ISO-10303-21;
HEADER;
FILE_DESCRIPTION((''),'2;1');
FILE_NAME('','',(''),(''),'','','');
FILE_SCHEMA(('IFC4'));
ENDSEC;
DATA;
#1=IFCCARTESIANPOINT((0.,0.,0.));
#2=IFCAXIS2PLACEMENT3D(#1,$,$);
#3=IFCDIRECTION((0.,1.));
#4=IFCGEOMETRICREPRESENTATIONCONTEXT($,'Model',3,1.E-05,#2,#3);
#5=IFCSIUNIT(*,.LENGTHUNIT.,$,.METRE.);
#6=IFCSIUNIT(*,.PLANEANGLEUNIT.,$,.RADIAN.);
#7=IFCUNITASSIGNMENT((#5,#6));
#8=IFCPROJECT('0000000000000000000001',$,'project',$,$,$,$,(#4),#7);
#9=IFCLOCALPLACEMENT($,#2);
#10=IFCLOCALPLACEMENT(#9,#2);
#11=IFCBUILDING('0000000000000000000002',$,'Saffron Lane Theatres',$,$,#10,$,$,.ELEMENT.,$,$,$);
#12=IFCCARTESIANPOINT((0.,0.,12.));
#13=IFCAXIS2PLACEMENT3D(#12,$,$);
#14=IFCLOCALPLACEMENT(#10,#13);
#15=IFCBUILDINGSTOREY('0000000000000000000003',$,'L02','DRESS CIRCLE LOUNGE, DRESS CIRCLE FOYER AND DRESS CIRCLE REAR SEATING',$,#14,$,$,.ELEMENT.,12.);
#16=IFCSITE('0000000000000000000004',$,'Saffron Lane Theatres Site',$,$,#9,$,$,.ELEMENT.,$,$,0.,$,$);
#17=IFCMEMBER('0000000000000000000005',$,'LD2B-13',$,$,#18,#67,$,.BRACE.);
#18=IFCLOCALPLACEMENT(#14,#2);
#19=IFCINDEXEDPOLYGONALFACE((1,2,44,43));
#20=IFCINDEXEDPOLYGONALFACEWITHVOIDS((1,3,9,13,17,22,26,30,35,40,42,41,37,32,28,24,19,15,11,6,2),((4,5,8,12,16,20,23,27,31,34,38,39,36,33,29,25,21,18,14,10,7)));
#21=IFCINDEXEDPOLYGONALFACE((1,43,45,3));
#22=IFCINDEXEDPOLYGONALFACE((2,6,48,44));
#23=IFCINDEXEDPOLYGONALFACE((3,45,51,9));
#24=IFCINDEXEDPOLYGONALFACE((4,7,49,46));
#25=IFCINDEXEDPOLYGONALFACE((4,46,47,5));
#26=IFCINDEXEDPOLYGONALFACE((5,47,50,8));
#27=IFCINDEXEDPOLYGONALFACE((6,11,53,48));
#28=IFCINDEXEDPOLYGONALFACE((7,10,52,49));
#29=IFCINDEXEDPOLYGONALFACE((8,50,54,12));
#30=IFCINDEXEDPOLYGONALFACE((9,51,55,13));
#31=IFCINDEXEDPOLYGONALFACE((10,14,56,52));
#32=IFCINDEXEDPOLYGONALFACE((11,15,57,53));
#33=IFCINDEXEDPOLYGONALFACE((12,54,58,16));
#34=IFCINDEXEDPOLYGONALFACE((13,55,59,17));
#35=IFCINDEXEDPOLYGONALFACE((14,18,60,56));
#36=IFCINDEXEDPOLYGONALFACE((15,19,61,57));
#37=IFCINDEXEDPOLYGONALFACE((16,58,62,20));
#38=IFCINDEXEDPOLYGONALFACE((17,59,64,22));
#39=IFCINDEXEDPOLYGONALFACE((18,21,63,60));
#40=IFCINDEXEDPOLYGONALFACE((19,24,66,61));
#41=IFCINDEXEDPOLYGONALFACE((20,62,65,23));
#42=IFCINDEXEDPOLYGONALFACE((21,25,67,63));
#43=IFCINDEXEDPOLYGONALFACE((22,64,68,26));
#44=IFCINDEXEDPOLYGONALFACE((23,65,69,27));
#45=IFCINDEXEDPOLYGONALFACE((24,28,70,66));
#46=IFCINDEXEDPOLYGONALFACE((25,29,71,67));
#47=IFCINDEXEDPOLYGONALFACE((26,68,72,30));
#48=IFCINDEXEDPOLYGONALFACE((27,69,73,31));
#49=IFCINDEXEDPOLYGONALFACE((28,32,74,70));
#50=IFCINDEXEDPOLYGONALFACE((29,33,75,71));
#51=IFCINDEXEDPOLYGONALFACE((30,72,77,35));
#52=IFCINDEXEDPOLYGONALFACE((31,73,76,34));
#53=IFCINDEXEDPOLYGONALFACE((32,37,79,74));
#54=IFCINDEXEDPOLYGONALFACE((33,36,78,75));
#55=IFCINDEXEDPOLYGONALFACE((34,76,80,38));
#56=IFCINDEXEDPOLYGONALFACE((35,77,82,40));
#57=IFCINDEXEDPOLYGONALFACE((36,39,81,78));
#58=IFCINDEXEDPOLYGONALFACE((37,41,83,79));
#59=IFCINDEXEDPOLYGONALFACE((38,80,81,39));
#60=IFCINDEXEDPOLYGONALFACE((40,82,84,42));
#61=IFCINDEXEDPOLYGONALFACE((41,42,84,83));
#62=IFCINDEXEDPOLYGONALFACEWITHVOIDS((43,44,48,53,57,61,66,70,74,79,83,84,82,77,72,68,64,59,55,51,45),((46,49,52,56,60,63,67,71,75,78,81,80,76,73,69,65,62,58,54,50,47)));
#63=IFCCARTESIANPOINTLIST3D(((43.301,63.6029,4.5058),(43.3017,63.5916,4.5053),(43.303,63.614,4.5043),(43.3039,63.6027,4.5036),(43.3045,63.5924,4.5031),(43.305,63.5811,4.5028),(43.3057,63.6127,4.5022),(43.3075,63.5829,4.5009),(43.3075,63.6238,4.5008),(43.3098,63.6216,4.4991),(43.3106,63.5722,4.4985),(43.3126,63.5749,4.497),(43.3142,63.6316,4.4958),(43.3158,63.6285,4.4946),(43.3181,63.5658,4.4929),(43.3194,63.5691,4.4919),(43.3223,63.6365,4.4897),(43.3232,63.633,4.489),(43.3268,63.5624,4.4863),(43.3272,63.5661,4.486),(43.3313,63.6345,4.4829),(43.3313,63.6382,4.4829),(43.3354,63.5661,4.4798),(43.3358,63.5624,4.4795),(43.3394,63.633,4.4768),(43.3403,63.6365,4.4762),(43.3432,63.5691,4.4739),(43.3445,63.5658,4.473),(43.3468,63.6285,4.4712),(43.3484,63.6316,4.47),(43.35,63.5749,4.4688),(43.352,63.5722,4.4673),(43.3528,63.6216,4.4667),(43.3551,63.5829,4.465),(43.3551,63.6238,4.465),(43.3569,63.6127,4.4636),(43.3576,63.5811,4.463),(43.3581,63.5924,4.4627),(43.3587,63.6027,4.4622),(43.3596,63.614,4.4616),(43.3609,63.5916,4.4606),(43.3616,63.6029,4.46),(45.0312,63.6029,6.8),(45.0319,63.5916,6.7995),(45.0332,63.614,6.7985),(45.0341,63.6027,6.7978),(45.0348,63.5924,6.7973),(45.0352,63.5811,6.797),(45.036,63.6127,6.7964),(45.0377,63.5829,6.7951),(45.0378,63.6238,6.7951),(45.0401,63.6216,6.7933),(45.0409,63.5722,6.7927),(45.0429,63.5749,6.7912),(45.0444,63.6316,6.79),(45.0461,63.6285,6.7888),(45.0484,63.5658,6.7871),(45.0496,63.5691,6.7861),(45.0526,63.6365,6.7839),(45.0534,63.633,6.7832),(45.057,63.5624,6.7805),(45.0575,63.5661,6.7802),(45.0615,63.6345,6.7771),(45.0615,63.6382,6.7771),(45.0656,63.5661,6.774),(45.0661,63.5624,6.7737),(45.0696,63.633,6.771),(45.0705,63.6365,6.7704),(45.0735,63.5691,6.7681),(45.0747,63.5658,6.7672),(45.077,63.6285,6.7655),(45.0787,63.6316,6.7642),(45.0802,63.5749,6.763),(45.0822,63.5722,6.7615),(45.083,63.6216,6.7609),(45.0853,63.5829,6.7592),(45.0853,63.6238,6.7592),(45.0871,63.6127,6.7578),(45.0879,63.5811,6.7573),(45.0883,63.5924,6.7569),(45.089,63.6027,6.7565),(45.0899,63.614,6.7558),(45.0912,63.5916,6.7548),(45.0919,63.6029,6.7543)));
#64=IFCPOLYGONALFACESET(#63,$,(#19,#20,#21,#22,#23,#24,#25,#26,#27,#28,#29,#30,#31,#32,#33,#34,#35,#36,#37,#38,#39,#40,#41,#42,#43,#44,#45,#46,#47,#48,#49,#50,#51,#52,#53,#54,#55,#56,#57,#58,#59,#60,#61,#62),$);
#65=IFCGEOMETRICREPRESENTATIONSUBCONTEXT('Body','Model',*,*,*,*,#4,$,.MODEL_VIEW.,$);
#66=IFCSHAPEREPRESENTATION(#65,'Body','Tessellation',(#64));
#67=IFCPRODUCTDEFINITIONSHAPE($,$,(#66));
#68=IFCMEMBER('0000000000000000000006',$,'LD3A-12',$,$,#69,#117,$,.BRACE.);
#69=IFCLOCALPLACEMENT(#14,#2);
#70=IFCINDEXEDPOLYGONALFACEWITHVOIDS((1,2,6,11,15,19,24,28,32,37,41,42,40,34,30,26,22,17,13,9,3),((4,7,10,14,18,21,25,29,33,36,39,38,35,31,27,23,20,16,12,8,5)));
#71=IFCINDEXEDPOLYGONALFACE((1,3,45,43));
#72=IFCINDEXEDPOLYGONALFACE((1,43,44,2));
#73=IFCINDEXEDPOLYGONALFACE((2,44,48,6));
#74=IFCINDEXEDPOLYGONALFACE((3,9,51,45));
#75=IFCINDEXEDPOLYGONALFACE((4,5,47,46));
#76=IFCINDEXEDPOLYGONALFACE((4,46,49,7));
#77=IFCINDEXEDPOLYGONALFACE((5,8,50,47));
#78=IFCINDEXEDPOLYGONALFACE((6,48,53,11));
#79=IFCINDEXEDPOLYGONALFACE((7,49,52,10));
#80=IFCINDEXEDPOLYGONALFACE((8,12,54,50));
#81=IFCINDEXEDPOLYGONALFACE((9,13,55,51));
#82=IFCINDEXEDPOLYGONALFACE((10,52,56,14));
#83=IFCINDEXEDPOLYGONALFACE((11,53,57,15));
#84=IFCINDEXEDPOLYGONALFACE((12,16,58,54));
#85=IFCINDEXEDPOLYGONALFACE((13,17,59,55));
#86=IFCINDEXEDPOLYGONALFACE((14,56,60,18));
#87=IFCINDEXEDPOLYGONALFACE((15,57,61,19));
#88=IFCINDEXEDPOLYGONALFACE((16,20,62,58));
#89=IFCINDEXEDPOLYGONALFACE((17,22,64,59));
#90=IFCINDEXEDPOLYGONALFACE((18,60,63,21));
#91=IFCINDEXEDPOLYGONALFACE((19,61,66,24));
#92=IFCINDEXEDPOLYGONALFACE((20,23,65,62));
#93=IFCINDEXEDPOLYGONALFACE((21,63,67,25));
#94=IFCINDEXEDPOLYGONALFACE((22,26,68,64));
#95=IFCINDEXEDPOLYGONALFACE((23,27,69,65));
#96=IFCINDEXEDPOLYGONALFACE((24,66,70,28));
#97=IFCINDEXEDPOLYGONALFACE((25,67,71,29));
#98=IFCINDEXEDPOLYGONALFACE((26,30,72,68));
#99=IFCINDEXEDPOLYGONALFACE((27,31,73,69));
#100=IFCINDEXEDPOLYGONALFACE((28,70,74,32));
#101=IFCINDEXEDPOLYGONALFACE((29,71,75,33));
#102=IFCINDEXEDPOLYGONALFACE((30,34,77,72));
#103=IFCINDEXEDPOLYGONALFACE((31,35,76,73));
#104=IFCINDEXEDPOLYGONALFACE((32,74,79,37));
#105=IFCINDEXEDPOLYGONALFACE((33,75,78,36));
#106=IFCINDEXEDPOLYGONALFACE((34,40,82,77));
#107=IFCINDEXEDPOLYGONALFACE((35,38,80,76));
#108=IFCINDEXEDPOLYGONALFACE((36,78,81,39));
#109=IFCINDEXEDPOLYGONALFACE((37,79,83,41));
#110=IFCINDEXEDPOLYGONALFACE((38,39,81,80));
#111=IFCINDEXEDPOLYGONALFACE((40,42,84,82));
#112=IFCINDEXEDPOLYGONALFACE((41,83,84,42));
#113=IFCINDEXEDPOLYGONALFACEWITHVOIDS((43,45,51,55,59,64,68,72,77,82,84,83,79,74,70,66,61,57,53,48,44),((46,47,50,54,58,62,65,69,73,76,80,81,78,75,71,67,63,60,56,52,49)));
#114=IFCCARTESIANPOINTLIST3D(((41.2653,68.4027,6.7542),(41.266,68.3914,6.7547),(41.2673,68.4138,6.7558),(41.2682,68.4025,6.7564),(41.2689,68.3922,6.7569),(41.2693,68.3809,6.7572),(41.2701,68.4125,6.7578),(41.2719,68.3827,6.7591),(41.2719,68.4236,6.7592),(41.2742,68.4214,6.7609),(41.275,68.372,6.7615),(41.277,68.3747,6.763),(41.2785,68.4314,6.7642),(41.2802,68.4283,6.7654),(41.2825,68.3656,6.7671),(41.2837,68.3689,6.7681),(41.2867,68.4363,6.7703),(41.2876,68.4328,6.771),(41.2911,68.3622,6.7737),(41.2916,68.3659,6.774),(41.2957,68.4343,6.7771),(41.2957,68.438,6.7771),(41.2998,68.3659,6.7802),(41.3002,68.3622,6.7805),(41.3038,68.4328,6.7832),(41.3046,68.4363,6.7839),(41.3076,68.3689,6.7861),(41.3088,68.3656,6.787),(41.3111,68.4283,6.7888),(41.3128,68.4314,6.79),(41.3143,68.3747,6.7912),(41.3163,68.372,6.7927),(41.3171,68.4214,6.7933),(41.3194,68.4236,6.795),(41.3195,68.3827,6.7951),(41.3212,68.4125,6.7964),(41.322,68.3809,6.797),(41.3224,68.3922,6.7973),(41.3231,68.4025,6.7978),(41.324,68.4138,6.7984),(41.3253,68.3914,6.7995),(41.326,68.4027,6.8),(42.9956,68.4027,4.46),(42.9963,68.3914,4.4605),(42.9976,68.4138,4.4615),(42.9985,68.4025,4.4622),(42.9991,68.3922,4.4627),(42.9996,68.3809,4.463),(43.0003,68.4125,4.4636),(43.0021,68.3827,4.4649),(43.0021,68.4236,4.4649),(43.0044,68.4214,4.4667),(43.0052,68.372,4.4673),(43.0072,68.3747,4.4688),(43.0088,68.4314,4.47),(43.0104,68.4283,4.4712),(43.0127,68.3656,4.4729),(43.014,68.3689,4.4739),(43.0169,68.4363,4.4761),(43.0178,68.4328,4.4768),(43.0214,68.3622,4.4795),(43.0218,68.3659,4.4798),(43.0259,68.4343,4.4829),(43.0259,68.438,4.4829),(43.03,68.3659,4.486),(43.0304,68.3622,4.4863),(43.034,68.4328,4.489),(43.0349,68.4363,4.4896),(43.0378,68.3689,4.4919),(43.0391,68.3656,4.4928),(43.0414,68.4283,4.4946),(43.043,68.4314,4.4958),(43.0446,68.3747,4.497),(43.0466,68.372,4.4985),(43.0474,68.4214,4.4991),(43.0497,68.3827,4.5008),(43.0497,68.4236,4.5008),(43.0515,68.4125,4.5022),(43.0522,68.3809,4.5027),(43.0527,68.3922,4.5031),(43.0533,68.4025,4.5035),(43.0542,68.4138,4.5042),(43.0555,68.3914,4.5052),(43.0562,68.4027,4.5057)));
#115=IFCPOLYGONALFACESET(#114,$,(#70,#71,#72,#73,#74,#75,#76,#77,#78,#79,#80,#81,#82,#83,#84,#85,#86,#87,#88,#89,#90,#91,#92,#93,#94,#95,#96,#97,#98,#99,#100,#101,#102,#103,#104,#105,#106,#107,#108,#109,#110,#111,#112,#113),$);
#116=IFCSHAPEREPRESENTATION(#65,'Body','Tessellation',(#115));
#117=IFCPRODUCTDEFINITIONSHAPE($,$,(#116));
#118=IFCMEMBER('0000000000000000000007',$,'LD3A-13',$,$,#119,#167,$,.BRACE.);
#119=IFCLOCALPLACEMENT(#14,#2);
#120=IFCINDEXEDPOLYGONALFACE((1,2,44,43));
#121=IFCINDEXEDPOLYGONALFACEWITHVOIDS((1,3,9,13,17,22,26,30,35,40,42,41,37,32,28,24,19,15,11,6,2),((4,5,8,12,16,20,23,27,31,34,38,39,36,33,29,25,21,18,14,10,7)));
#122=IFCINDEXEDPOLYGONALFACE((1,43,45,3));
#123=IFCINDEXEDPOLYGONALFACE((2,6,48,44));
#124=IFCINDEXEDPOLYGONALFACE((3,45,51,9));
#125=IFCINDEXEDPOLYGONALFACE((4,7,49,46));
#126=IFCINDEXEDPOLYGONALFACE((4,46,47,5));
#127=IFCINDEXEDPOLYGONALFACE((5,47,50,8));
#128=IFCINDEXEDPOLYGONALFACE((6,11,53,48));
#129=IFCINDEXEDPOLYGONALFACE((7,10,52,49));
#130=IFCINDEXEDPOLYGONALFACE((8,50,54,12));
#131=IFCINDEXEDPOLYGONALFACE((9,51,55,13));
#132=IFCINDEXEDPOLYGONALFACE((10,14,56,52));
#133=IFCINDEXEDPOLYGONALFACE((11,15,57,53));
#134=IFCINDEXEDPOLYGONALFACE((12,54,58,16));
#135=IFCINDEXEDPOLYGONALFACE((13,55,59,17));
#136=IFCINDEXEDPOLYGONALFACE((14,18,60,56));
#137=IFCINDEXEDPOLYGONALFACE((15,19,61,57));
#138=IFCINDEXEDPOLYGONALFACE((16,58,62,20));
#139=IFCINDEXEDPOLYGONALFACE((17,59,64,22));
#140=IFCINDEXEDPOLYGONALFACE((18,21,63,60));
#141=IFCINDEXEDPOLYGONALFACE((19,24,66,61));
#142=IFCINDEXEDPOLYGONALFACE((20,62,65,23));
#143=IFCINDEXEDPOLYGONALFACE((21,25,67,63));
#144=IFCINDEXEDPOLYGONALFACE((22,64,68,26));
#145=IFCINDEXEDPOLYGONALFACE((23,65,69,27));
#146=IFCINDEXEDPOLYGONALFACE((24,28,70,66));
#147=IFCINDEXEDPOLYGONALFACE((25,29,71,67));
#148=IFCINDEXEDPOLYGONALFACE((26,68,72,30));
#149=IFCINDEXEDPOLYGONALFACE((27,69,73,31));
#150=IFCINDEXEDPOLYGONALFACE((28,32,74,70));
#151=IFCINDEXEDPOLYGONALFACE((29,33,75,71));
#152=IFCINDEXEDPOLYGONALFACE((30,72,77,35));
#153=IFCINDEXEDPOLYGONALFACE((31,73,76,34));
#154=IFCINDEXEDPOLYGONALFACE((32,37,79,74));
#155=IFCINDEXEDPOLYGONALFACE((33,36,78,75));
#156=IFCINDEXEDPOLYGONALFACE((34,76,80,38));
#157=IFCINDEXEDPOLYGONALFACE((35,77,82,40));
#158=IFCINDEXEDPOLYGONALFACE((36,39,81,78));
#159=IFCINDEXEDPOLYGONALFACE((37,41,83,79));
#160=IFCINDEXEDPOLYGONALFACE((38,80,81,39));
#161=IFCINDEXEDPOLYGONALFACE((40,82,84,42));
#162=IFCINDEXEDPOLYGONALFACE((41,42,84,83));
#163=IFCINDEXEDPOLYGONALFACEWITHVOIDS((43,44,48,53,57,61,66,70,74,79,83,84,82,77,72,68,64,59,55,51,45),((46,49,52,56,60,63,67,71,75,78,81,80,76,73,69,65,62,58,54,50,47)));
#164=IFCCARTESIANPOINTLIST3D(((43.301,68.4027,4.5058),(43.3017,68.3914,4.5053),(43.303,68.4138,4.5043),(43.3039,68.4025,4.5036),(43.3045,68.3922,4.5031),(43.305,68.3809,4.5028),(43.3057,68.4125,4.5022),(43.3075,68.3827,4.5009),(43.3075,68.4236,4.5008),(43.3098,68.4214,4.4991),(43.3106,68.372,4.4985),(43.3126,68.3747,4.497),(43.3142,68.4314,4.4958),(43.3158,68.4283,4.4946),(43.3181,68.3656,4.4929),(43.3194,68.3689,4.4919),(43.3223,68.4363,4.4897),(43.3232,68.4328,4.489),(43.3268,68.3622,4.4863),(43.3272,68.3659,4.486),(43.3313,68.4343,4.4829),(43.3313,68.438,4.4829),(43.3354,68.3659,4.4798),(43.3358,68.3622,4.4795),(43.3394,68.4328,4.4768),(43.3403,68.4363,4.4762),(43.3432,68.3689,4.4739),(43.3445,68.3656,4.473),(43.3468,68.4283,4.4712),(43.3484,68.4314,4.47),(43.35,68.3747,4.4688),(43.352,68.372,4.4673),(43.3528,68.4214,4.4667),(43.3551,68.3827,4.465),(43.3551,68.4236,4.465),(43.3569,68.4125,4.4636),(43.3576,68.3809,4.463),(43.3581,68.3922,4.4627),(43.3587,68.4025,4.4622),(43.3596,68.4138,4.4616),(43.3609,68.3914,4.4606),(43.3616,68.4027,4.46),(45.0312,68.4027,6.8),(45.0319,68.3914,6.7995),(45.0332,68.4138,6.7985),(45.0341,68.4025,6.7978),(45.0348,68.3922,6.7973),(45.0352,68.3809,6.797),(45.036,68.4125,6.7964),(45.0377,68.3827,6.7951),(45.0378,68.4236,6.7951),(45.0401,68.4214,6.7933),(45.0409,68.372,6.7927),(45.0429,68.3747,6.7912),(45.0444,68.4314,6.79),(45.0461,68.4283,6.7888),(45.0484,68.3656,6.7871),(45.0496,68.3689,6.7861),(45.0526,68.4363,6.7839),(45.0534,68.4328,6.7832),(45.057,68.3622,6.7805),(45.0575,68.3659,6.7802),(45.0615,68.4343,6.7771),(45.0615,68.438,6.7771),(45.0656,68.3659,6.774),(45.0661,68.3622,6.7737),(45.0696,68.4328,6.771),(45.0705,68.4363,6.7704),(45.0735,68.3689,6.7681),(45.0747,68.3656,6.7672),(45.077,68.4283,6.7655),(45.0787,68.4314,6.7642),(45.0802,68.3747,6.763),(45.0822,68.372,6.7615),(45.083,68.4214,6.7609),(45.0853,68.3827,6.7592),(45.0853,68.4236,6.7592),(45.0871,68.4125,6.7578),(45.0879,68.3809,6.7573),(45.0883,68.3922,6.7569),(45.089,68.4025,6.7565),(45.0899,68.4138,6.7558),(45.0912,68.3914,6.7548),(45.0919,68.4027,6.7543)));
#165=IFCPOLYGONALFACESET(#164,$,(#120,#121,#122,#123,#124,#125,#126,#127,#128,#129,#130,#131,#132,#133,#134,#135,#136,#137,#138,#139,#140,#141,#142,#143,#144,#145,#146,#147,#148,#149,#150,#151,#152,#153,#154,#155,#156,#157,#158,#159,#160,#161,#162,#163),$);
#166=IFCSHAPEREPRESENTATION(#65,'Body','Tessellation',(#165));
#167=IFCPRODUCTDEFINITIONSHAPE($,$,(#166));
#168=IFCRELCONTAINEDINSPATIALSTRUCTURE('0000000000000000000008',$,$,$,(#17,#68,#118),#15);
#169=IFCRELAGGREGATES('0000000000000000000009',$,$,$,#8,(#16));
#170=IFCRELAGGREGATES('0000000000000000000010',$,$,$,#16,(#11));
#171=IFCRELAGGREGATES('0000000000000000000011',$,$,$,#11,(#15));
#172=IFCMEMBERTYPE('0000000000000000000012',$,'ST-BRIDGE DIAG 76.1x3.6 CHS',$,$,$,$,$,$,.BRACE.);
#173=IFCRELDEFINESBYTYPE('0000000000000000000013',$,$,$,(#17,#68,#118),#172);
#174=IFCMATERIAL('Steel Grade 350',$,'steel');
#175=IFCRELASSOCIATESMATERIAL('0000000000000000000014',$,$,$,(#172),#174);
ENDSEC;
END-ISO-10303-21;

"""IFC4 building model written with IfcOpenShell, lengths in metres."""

from ifc_helpers import new_model, si_unit, direction, frame, origin, origin_2d, place, context, subcontext, project, spatial, hollow_circle, extrude, material, material_profile, profile_set, type_object, element, save


model = new_model("IFC4")

# Units and contexts
model_context = context("Model", 3, precision=1e-05, world=origin(), true_north=direction((0.0, 1.0)))
body_context = subcontext(model_context, "Body", "Model", "MODEL_VIEW")
ifc_project = project(units=[si_unit("LENGTHUNIT", "METRE"), si_unit("PLANEANGLEUNIT", "RADIAN")], contexts=[model_context])

# Site, building, storey
site_placement = place(None, origin())
site = spatial("IfcSite", under=ifc_project, at=site_placement, Name="Saffron Lane Theatres Site", CompositionType="ELEMENT", RefElevation=0.0)
building_placement = place(site_placement, origin())
building = spatial("IfcBuilding", under=site, at=building_placement, Name="Saffron Lane Theatres", CompositionType="ELEMENT")
storey_placement = place(building_placement, frame((0.0, 0.0, 12.0)))
storey = spatial("IfcBuildingStorey", under=building, at=storey_placement, Name="L02", Description="DRESS CIRCLE LOUNGE, DRESS CIRCLE FOYER AND DRESS CIRCLE REAR SEATING", CompositionType="ELEMENT", Elevation=12.0)

# Members
ifc_material_1 = material(Name="Steel Grade 350", Category="steel")
ifc_material_profile_1 = material_profile(ifc_material_1, hollow_circle(Radius=0.0381, WallThickness=0.0037, at=origin_2d()))
ifc_profile_set_1 = profile_set([ifc_material_profile_1], Name="Steel Grade 350")
member_type = type_object("IfcMemberType", Name="ST-BRIDGE DIAG 76.1x3.6 CHS", PredefinedType="BRACE", material=ifc_profile_set_1)
for number, where, z_axis, x_axis, name in (
    (1, (43.3313, 63.6001, 4.4829), (0.602132, 0.0, 0.798396), (0.0, 1.0, 0.0), "LD2B-13"),
    (2, (41.2957, 68.3999, 6.7771), (0.602132, 0.0, -0.798396), (0.0, 1.0, 0.0), "LD3A-12"),
    (3, (43.3313, 68.3999, 4.4829), (0.602132, 0.0, 0.798396), (0.0, 1.0, 0.0), "LD3A-13"),
):
    element("IfcMember", number, at=place(storey_placement, frame(where, z_axis=z_axis, x_axis=x_axis)), inside=storey, type_object=member_type, Name=name, PredefinedType="BRACE", context=body_context, shape_type="SweptSolid", body=[
        extrude(hollow_circle(Radius=0.0381, WallThickness=0.0037, at=origin_2d()), origin(), (0.0, 0.0, 1.0), 2.8735),
    ])

save(model, "model.ifc")
